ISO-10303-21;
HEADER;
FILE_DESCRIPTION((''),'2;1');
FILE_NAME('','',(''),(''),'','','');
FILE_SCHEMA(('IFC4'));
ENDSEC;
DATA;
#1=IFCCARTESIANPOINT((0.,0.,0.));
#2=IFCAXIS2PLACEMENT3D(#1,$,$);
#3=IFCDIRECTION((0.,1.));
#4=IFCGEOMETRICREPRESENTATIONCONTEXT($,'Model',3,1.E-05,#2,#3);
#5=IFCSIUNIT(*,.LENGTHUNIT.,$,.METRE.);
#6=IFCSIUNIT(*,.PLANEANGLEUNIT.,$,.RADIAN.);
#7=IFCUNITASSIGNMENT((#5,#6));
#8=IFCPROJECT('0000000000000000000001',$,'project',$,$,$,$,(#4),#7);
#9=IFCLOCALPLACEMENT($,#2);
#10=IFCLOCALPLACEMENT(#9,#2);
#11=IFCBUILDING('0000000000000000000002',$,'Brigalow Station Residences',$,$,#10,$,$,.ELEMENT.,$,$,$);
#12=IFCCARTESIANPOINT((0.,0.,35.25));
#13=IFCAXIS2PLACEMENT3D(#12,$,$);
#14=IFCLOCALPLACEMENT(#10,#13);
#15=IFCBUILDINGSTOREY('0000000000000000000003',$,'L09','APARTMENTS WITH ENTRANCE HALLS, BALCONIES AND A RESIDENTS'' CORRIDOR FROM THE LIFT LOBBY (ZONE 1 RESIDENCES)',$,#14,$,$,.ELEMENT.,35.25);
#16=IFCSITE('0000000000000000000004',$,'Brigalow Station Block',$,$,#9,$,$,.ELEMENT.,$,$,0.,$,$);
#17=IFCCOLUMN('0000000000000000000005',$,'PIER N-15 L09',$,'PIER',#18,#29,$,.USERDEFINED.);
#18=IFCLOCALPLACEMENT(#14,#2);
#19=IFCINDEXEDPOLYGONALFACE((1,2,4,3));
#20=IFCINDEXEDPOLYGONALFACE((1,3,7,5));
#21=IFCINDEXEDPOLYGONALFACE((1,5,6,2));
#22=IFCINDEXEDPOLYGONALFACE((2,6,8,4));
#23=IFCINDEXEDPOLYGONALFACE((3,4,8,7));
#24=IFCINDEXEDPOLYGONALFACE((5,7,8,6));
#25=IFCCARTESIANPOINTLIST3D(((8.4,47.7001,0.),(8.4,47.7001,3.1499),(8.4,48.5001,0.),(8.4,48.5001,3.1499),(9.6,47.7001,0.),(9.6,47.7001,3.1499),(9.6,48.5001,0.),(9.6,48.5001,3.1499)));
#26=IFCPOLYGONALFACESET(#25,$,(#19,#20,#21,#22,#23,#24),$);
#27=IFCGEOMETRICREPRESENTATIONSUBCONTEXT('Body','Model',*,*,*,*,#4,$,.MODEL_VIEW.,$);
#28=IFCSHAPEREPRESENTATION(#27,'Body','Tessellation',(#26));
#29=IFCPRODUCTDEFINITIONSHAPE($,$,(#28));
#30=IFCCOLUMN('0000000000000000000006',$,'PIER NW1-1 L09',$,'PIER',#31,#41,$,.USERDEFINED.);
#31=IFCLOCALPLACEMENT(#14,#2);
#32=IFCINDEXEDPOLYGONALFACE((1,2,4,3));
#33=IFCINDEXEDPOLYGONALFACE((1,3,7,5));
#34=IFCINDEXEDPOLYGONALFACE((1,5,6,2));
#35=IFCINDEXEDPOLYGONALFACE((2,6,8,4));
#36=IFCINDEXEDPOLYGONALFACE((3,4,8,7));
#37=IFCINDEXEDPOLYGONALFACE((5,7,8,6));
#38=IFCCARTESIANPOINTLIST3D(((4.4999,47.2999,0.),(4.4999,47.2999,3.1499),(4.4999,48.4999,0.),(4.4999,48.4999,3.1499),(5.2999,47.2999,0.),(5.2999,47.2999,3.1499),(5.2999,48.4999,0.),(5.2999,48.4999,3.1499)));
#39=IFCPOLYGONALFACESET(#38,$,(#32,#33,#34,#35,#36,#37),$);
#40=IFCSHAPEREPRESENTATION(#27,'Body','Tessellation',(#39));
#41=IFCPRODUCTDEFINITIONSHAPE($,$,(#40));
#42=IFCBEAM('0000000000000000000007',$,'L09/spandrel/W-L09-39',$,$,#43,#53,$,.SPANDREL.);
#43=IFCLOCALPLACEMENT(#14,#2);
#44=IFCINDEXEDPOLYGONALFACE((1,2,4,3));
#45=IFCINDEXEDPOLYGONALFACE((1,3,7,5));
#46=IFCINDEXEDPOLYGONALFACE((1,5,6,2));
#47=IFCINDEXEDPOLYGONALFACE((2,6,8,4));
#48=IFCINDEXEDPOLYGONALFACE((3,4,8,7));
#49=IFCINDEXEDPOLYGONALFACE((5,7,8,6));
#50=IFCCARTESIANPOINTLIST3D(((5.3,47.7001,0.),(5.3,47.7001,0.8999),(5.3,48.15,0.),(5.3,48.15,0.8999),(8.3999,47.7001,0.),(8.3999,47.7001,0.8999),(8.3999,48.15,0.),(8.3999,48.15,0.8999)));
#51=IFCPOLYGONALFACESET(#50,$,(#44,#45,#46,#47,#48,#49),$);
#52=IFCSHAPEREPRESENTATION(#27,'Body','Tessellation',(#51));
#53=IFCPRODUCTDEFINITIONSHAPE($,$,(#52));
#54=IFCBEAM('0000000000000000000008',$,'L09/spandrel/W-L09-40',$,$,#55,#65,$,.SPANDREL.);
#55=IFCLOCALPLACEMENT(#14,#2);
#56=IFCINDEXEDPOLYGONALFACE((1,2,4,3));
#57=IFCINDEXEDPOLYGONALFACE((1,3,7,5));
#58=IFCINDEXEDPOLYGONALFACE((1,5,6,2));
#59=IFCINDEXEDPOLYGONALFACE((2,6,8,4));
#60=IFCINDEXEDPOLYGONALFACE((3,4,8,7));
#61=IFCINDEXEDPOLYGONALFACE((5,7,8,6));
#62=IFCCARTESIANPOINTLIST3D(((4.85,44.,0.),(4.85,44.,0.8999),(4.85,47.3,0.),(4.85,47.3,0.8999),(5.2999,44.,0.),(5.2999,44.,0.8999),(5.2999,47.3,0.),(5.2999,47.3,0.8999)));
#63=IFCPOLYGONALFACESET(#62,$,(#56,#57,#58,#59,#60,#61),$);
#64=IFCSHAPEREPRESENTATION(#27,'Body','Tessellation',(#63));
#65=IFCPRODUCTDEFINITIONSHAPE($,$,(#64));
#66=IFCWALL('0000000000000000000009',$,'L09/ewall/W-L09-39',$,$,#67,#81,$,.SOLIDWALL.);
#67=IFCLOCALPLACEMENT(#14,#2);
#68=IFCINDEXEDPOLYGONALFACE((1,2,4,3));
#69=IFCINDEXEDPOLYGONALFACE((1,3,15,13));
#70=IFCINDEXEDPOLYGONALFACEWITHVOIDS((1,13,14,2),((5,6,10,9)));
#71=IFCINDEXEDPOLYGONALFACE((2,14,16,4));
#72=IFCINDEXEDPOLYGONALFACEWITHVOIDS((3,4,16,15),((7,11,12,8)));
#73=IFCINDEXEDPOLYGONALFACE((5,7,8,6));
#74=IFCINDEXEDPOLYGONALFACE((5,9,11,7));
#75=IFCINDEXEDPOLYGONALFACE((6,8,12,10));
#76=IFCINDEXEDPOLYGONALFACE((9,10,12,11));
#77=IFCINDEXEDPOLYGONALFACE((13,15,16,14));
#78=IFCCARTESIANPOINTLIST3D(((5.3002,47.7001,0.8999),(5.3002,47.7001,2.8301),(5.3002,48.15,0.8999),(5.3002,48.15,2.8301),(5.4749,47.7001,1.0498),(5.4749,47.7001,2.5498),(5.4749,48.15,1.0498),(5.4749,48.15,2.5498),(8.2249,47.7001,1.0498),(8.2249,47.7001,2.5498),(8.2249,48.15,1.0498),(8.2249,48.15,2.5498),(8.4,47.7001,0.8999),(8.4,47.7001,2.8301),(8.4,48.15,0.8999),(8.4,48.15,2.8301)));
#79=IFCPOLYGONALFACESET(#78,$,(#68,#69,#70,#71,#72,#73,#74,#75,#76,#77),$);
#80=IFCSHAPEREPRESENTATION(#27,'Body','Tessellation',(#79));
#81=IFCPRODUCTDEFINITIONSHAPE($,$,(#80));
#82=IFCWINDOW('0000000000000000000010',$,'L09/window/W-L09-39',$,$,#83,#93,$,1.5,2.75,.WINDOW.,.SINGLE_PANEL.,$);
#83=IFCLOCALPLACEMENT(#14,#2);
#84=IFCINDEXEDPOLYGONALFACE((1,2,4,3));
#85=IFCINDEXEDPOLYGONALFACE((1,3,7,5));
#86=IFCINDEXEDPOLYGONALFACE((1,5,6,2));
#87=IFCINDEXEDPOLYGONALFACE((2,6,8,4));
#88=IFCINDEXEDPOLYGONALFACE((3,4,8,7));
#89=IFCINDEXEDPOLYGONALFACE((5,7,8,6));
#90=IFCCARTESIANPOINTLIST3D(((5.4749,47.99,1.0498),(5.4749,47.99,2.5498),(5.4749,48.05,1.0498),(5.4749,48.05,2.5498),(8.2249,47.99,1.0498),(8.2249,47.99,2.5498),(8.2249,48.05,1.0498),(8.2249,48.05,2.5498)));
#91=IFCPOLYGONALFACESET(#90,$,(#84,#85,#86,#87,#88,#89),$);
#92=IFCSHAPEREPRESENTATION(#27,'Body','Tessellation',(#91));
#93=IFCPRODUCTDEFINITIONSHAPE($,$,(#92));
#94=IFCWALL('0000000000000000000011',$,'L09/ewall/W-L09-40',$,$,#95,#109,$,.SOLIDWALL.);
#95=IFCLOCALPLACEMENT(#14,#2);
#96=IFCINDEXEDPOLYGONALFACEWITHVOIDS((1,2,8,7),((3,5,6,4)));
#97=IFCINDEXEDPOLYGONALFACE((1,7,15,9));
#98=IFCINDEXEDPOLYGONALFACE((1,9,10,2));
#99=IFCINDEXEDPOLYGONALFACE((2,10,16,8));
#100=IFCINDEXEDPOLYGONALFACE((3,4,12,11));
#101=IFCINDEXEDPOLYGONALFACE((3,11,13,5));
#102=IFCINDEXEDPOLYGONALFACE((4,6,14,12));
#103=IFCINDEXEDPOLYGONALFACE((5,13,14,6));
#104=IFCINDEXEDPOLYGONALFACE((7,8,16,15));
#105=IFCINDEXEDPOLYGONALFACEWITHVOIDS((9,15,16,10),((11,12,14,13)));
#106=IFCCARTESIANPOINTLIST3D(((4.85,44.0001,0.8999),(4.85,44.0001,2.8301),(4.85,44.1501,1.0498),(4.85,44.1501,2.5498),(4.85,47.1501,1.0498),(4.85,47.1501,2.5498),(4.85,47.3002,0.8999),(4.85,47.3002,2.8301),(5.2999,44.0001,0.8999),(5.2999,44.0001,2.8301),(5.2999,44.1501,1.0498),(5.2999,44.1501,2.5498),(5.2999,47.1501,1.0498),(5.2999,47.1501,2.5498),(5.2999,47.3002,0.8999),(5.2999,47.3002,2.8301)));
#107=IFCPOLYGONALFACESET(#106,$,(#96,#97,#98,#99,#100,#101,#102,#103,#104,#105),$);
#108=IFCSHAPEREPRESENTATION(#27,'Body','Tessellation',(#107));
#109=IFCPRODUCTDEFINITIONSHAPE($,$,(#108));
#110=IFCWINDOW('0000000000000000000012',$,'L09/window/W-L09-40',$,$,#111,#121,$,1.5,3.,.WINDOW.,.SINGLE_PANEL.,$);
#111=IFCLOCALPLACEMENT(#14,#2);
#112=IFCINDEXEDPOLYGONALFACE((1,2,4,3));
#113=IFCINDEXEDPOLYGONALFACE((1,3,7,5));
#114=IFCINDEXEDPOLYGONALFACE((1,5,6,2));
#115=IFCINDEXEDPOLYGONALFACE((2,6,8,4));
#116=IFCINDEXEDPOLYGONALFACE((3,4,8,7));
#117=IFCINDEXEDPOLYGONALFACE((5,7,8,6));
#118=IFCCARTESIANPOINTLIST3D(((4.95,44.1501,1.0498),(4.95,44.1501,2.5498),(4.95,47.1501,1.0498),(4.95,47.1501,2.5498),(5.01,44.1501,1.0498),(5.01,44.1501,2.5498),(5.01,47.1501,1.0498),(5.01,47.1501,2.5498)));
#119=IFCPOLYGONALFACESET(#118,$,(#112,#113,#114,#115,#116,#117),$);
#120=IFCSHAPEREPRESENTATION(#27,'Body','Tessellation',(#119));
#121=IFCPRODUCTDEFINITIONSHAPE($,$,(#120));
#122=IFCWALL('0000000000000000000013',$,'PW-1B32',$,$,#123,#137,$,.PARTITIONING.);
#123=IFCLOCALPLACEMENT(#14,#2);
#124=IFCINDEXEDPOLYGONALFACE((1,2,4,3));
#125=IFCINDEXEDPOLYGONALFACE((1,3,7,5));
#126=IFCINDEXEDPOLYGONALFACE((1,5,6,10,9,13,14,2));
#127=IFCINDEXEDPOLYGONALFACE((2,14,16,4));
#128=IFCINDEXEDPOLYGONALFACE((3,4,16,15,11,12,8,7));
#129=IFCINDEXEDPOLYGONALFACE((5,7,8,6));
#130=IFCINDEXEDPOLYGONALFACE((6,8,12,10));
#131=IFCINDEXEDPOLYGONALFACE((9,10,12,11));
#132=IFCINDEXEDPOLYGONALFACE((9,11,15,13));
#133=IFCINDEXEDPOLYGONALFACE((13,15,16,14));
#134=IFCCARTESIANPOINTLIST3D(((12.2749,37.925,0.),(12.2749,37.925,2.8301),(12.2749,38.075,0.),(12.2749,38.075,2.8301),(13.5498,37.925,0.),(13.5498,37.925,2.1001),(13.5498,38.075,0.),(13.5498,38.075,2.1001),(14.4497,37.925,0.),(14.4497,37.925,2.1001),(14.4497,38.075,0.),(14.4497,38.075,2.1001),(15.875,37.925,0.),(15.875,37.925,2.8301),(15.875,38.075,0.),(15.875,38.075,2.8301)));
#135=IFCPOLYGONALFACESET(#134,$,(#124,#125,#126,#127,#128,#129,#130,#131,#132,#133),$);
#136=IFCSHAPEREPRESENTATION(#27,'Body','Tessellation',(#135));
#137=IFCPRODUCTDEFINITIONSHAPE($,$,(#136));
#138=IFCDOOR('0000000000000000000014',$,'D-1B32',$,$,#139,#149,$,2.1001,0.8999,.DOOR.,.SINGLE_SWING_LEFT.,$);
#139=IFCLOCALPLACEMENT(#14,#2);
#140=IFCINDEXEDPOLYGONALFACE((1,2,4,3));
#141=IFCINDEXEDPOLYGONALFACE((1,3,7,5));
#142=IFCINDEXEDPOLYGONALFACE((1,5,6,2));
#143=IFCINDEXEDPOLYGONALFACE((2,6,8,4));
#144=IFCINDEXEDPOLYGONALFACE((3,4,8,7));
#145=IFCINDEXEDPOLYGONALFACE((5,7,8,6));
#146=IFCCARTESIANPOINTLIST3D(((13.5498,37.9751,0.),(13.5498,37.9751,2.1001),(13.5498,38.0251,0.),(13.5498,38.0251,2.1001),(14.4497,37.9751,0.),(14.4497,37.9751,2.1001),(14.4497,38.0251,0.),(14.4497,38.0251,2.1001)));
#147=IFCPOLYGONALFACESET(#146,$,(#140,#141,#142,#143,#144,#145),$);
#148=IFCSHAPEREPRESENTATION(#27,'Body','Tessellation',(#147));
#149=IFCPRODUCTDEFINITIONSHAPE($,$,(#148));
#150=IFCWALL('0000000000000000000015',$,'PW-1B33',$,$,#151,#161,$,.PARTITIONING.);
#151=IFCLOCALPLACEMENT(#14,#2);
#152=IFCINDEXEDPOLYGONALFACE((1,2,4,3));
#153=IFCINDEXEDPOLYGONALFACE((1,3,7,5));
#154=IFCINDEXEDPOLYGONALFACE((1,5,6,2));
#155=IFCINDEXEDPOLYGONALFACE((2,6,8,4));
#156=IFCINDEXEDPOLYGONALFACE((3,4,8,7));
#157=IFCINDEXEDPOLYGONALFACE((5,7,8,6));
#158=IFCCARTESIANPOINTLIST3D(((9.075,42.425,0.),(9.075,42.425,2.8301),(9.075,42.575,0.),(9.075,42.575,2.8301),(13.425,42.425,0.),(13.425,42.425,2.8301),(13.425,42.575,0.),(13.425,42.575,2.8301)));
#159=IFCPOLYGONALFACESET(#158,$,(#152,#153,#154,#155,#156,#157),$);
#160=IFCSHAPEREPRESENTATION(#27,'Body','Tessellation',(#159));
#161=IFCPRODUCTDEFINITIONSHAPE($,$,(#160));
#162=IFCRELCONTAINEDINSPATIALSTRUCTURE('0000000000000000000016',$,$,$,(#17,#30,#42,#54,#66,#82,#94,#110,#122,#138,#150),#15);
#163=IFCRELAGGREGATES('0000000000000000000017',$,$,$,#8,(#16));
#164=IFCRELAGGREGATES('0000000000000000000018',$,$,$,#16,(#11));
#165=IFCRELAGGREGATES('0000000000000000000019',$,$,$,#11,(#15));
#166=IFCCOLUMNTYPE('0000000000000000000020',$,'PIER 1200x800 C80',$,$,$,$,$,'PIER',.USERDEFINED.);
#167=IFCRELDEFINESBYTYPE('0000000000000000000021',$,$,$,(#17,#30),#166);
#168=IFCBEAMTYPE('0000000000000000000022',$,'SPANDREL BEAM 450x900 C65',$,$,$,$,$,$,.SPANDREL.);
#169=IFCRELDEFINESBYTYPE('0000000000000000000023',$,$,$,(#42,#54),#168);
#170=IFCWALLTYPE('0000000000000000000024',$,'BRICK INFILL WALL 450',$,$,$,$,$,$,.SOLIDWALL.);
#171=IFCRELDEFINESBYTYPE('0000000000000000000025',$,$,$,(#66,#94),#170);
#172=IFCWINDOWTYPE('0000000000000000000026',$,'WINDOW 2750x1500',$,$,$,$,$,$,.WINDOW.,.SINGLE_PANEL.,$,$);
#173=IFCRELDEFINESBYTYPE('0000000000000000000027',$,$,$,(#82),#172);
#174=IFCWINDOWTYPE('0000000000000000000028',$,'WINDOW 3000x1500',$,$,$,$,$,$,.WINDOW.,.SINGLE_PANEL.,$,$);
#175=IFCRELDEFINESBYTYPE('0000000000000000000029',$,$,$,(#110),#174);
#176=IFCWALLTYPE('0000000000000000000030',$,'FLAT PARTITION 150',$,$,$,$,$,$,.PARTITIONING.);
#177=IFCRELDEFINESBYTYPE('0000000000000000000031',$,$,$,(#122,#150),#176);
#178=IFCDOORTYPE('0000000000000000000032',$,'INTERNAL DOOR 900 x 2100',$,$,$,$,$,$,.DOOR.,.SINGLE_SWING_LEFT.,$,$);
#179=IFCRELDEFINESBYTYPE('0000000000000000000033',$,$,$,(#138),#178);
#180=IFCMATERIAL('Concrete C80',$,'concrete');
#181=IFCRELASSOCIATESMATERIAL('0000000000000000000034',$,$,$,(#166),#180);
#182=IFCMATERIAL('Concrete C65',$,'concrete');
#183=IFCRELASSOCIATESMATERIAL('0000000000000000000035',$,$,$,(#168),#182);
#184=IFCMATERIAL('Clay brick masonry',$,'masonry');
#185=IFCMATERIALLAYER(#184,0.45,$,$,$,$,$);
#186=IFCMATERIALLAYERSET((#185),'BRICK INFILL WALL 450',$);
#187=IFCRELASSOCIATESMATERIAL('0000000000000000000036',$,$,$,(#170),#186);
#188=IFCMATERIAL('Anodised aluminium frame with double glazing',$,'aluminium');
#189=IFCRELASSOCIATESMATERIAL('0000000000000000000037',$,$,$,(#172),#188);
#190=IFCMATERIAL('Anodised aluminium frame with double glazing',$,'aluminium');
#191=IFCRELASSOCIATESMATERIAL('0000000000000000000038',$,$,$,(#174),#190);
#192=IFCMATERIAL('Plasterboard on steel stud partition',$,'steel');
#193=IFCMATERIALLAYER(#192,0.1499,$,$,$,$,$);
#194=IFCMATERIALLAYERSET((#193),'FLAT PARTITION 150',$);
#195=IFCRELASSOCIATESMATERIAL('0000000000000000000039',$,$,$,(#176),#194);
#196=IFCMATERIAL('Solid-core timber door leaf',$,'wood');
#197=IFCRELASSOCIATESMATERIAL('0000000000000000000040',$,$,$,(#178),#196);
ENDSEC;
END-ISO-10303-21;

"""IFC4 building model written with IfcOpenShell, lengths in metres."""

from ifc_helpers import new_model, si_unit, direction, frame, frame_2d, origin, origin_2d, place, context, subcontext, project, spatial, rectangle, extrude, material, layer, layer_set, material_profile, profile_set, type_object, element, fill, save


model = new_model("IFC4")

# Units and contexts
model_context = context("Model", 3, precision=1e-05, world=origin(), true_north=direction((0.0, 1.0)))
body_context = subcontext(model_context, "Body", "Model", "MODEL_VIEW")
ifc_project = project(units=[si_unit("LENGTHUNIT", "METRE"), si_unit("PLANEANGLEUNIT", "RADIAN")], contexts=[model_context])

# Site, building, storey
site_placement = place(None, origin())
site = spatial("IfcSite", under=ifc_project, at=site_placement, Name="Brigalow Station Block", CompositionType="ELEMENT", RefElevation=0.0)
building_placement = place(site_placement, origin())
building = spatial("IfcBuilding", under=site, at=building_placement, Name="Brigalow Station Residences", CompositionType="ELEMENT")
storey_placement = place(building_placement, frame((0.0, 0.0, 35.25)))
storey = spatial("IfcBuildingStorey", under=building, at=storey_placement, Name="L09", Description="APARTMENTS WITH ENTRANCE HALLS, BALCONIES AND A RESIDENTS' CORRIDOR FROM THE LIFT LOBBY (ZONE 1 RESIDENCES)", CompositionType="ELEMENT", Elevation=35.25)

# Columns
ifc_material_1 = material(Name="Concrete C80", Category="concrete")
ifc_material_profile_1 = material_profile(ifc_material_1, rectangle(XDim=1.2, YDim=0.8, at=origin_2d()), Name="RC1200x800")
ifc_profile_set_1 = profile_set([ifc_material_profile_1], Name="Concrete C80")
column_type = type_object("IfcColumnType", Name="PIER 1200x800 C80", ElementType="PIER", PredefinedType="USERDEFINED", material=ifc_profile_set_1)
for number, where, z_axis, x_axis, name in (
    (1, (9.0, 48.1001, 0.0), (0.0, 0.0, 1.0), (-1.0, 0.0, 0.0), "PIER N-15 L09"),
    (2, (4.8999, 47.8999, 0.0), (0.0, 0.0, 1.0), (0.0, -1.0, 0.0), "PIER NW1-1 L09"),
):
    element("IfcColumn", number, at=place(storey_placement, frame(where, z_axis=z_axis, x_axis=x_axis)), inside=storey, type_object=column_type, Name=name, ObjectType="PIER", PredefinedType="USERDEFINED", context=body_context, shape_type="SweptSolid", body=[
        extrude(rectangle(XDim=1.2, YDim=0.8, at=origin_2d()), origin(), (0.0, 0.0, 1.0), 3.1499),
    ])

# Beams
ifc_material_2 = material(Name="Concrete C65", Category="concrete")
ifc_material_profile_2 = material_profile(ifc_material_2, rectangle(XDim=0.45, YDim=0.8999, at=origin_2d()), Name="RC450x900")
ifc_profile_set_2 = profile_set([ifc_material_profile_2], Name="Concrete C65")
beam_type = type_object("IfcBeamType", Name="SPANDREL BEAM 450x900 C65", PredefinedType="SPANDREL", material=ifc_profile_set_2)
beam_1_placement = place(storey_placement, frame((8.3999, 47.925, 0.45), z_axis=(-1.0, 0.0, 0.0), x_axis=(0.0, -1.0, 0.0)))
element("IfcBeam", 3, at=beam_1_placement, inside=storey, type_object=beam_type, Name="L09/spandrel/W-L09-39", PredefinedType="SPANDREL", context=body_context, shape_type="SweptSolid", body=[
    extrude(rectangle(XDim=0.45, YDim=0.8999, at=origin_2d()), origin(), (0.0, 0.0, 1.0), 3.0999),
])
beam_2_placement = place(storey_placement, frame((5.075, 47.3, 0.45), z_axis=(0.0, -1.0, 0.0), x_axis=(1.0, 0.0, 0.0)))
element("IfcBeam", 4, at=beam_2_placement, inside=storey, type_object=beam_type, Name="L09/spandrel/W-L09-40", PredefinedType="SPANDREL", context=body_context, shape_type="SweptSolid", body=[
    extrude(rectangle(XDim=0.45, YDim=0.8999, at=origin_2d()), origin(), (0.0, 0.0, 1.0), 3.3),
])

# Walls, openings, windows
ifc_material_3 = material(Name="Clay brick masonry", Category="masonry")
ifc_layer_1 = layer(ifc_material_3, 0.45)
ifc_layer_set_1 = layer_set([ifc_layer_1], Name="BRICK INFILL WALL 450")
wall_type_1 = type_object("IfcWallType", Name="BRICK INFILL WALL 450", PredefinedType="SOLIDWALL", material=ifc_layer_set_1)
wall_1_placement = place(storey_placement, frame((8.3999, 47.925, 0.8999), z_axis=(0.0, 0.0, 1.0), x_axis=(-1.0, 0.0, 0.0)))
wall_1 = element("IfcWall", 5, at=wall_1_placement, inside=storey, type_object=wall_type_1, Name="L09/ewall/W-L09-39", PredefinedType="SOLIDWALL", context=body_context, shape_type="SweptSolid", body=[
    extrude(rectangle(XDim=3.0999, YDim=0.45, at=frame_2d((1.5498, 0.0))), origin(), (0.0, 0.0, 1.0), 1.9302),
])
opening_1_placement = place(wall_1_placement, frame((0.175, 0.0, 0.1499)))
opening_1 = element("IfcOpeningElement", 6, at=opening_1_placement, cuts=wall_1, PredefinedType="OPENING", context=body_context, shape_type="SweptSolid", body=[
    extrude(rectangle(XDim=2.75, YDim=1.5, at=frame_2d((1.375, 0.75))), frame((0.0, 0.2349, 0.0), z_axis=(0.0, -1.0, 0.0), x_axis=(1.0, 0.0, 0.0)), (0.0, 0.0, 1.0), 0.47),
])
ifc_material_4 = material(Name="Anodised aluminium frame with double glazing", Category="aluminium")
window_type_1 = type_object("IfcWindowType", Name="WINDOW 2750x1500", PartitioningType="SINGLE_PANEL", PredefinedType="WINDOW", material=ifc_material_4)
window_1_placement = place(opening_1_placement, origin())
window_1 = element("IfcWindow", 7, at=window_1_placement, inside=storey, type_object=window_type_1, Name="L09/window/W-L09-39", OverallHeight=1.5, OverallWidth=2.75, PartitioningType="SINGLE_PANEL", PredefinedType="WINDOW", context=body_context, shape_type="SweptSolid", body=[
    extrude(rectangle(XDim=2.75, YDim=1.5, at=frame_2d((1.375, 0.75))), frame((0.0, -0.0649, 0.0), z_axis=(0.0, -1.0, 0.0), x_axis=(1.0, 0.0, 0.0)), (0.0, 0.0, 1.0), 0.0601),
])
fill(opening_1, window_1)
wall_2_placement = place(storey_placement, frame((5.075, 47.3, 0.8999), z_axis=(0.0, 0.0, 1.0), x_axis=(0.0, -1.0, 0.0)))
wall_2 = element("IfcWall", 8, at=wall_2_placement, inside=storey, type_object=wall_type_1, Name="L09/ewall/W-L09-40", PredefinedType="SOLIDWALL", context=body_context, shape_type="SweptSolid", body=[
    extrude(rectangle(XDim=3.3, YDim=0.45, at=frame_2d((1.6499, 0.0))), origin(), (0.0, 0.0, 1.0), 1.9302),
])
opening_2_placement = place(wall_2_placement, frame((0.1499, 0.0, 0.1499)))
opening_2 = element("IfcOpeningElement", 9, at=opening_2_placement, cuts=wall_2, PredefinedType="OPENING", context=body_context, shape_type="SweptSolid", body=[
    extrude(rectangle(XDim=3.0, YDim=1.5, at=frame_2d((1.5, 0.75))), frame((0.0, 0.2349, 0.0), z_axis=(0.0, -1.0, 0.0), x_axis=(1.0, 0.0, 0.0)), (0.0, 0.0, 1.0), 0.47),
])
ifc_material_5 = material(Name="Anodised aluminium frame with double glazing", Category="aluminium")
window_type_2 = type_object("IfcWindowType", Name="WINDOW 3000x1500", PartitioningType="SINGLE_PANEL", PredefinedType="WINDOW", material=ifc_material_5)
window_2_placement = place(opening_2_placement, origin())
window_2 = element("IfcWindow", 10, at=window_2_placement, inside=storey, type_object=window_type_2, Name="L09/window/W-L09-40", OverallHeight=1.5, OverallWidth=3.0, PartitioningType="SINGLE_PANEL", PredefinedType="WINDOW", context=body_context, shape_type="SweptSolid", body=[
    extrude(rectangle(XDim=3.0, YDim=1.5, at=frame_2d((1.5, 0.75))), frame((0.0, -0.0649, 0.0), z_axis=(0.0, -1.0, 0.0), x_axis=(1.0, 0.0, 0.0)), (0.0, 0.0, 1.0), 0.0601),
])
fill(opening_2, window_2)

# Wall, opening, door
ifc_material_6 = material(Name="Plasterboard on steel stud partition", Category="steel")
ifc_layer_2 = layer(ifc_material_6, 0.1499)
ifc_layer_set_2 = layer_set([ifc_layer_2], Name="FLAT PARTITION 150")
wall_type_2 = type_object("IfcWallType", Name="FLAT PARTITION 150", PredefinedType="PARTITIONING", material=ifc_layer_set_2)
wall_3_placement = place(storey_placement, frame((12.2749, 38.0, 0.0), z_axis=(0.0, 0.0, 1.0), x_axis=(1.0, 0.0, 0.0)))
wall_3 = element("IfcWall", 11, at=wall_3_placement, inside=storey, type_object=wall_type_2, Name="PW-1B32", PredefinedType="PARTITIONING", context=body_context, shape_type="SweptSolid", body=[
    extrude(rectangle(XDim=3.6001, YDim=0.1499, at=frame_2d((1.8, 0.0))), origin(), (0.0, 0.0, 1.0), 2.8301),
])
opening_3_placement = place(wall_3_placement, frame((1.2749, 0.0, 0.0)))
opening_3 = element("IfcOpeningElement", 12, at=opening_3_placement, cuts=wall_3, PredefinedType="OPENING", context=body_context, shape_type="SweptSolid", body=[
    extrude(rectangle(XDim=0.8999, YDim=2.1001, at=frame_2d((0.45, 1.05))), frame((0.0, 0.085, 0.0), z_axis=(0.0, -1.0, 0.0), x_axis=(1.0, 0.0, 0.0)), (0.0, 0.0, 1.0), 0.1699),
])
ifc_material_7 = material(Name="Solid-core timber door leaf", Category="wood")
door_type_1 = type_object("IfcDoorType", Name="INTERNAL DOOR 900 x 2100", OperationType="SINGLE_SWING_LEFT", PredefinedType="DOOR", material=ifc_material_7)
door_1_placement = place(opening_3_placement, frame((0.8999, 0.0, 0.0), z_axis=(0.0, 0.0, 1.0), x_axis=(-1.0, 0.0, 0.0)))
door_1 = element("IfcDoor", 13, at=door_1_placement, inside=storey, type_object=door_type_1, Name="D-1B32", OperationType="SINGLE_SWING_LEFT", OverallHeight=2.1001, OverallWidth=0.8999, PredefinedType="DOOR", context=body_context, shape_type="SweptSolid", body=[
    extrude(rectangle(XDim=0.8999, YDim=2.1001, at=frame_2d((0.45, 1.05))), frame((0.0, 0.0249, 0.0), z_axis=(0.0, -1.0, 0.0), x_axis=(1.0, 0.0, 0.0)), (0.0, 0.0, 1.0), 0.05),
])
fill(opening_3, door_1)

# Wall
wall_4_placement = place(storey_placement, frame((9.075, 42.5, 0.0), z_axis=(0.0, 0.0, 1.0), x_axis=(1.0, 0.0, 0.0)))
element("IfcWall", 14, at=wall_4_placement, inside=storey, type_object=wall_type_2, Name="PW-1B33", PredefinedType="PARTITIONING", context=body_context, shape_type="SweptSolid", body=[
    extrude(rectangle(XDim=4.3501, YDim=0.1499, at=frame_2d((2.175, 0.0))), origin(), (0.0, 0.0, 1.0), 2.8301),
])

save(model, "model.ifc")
